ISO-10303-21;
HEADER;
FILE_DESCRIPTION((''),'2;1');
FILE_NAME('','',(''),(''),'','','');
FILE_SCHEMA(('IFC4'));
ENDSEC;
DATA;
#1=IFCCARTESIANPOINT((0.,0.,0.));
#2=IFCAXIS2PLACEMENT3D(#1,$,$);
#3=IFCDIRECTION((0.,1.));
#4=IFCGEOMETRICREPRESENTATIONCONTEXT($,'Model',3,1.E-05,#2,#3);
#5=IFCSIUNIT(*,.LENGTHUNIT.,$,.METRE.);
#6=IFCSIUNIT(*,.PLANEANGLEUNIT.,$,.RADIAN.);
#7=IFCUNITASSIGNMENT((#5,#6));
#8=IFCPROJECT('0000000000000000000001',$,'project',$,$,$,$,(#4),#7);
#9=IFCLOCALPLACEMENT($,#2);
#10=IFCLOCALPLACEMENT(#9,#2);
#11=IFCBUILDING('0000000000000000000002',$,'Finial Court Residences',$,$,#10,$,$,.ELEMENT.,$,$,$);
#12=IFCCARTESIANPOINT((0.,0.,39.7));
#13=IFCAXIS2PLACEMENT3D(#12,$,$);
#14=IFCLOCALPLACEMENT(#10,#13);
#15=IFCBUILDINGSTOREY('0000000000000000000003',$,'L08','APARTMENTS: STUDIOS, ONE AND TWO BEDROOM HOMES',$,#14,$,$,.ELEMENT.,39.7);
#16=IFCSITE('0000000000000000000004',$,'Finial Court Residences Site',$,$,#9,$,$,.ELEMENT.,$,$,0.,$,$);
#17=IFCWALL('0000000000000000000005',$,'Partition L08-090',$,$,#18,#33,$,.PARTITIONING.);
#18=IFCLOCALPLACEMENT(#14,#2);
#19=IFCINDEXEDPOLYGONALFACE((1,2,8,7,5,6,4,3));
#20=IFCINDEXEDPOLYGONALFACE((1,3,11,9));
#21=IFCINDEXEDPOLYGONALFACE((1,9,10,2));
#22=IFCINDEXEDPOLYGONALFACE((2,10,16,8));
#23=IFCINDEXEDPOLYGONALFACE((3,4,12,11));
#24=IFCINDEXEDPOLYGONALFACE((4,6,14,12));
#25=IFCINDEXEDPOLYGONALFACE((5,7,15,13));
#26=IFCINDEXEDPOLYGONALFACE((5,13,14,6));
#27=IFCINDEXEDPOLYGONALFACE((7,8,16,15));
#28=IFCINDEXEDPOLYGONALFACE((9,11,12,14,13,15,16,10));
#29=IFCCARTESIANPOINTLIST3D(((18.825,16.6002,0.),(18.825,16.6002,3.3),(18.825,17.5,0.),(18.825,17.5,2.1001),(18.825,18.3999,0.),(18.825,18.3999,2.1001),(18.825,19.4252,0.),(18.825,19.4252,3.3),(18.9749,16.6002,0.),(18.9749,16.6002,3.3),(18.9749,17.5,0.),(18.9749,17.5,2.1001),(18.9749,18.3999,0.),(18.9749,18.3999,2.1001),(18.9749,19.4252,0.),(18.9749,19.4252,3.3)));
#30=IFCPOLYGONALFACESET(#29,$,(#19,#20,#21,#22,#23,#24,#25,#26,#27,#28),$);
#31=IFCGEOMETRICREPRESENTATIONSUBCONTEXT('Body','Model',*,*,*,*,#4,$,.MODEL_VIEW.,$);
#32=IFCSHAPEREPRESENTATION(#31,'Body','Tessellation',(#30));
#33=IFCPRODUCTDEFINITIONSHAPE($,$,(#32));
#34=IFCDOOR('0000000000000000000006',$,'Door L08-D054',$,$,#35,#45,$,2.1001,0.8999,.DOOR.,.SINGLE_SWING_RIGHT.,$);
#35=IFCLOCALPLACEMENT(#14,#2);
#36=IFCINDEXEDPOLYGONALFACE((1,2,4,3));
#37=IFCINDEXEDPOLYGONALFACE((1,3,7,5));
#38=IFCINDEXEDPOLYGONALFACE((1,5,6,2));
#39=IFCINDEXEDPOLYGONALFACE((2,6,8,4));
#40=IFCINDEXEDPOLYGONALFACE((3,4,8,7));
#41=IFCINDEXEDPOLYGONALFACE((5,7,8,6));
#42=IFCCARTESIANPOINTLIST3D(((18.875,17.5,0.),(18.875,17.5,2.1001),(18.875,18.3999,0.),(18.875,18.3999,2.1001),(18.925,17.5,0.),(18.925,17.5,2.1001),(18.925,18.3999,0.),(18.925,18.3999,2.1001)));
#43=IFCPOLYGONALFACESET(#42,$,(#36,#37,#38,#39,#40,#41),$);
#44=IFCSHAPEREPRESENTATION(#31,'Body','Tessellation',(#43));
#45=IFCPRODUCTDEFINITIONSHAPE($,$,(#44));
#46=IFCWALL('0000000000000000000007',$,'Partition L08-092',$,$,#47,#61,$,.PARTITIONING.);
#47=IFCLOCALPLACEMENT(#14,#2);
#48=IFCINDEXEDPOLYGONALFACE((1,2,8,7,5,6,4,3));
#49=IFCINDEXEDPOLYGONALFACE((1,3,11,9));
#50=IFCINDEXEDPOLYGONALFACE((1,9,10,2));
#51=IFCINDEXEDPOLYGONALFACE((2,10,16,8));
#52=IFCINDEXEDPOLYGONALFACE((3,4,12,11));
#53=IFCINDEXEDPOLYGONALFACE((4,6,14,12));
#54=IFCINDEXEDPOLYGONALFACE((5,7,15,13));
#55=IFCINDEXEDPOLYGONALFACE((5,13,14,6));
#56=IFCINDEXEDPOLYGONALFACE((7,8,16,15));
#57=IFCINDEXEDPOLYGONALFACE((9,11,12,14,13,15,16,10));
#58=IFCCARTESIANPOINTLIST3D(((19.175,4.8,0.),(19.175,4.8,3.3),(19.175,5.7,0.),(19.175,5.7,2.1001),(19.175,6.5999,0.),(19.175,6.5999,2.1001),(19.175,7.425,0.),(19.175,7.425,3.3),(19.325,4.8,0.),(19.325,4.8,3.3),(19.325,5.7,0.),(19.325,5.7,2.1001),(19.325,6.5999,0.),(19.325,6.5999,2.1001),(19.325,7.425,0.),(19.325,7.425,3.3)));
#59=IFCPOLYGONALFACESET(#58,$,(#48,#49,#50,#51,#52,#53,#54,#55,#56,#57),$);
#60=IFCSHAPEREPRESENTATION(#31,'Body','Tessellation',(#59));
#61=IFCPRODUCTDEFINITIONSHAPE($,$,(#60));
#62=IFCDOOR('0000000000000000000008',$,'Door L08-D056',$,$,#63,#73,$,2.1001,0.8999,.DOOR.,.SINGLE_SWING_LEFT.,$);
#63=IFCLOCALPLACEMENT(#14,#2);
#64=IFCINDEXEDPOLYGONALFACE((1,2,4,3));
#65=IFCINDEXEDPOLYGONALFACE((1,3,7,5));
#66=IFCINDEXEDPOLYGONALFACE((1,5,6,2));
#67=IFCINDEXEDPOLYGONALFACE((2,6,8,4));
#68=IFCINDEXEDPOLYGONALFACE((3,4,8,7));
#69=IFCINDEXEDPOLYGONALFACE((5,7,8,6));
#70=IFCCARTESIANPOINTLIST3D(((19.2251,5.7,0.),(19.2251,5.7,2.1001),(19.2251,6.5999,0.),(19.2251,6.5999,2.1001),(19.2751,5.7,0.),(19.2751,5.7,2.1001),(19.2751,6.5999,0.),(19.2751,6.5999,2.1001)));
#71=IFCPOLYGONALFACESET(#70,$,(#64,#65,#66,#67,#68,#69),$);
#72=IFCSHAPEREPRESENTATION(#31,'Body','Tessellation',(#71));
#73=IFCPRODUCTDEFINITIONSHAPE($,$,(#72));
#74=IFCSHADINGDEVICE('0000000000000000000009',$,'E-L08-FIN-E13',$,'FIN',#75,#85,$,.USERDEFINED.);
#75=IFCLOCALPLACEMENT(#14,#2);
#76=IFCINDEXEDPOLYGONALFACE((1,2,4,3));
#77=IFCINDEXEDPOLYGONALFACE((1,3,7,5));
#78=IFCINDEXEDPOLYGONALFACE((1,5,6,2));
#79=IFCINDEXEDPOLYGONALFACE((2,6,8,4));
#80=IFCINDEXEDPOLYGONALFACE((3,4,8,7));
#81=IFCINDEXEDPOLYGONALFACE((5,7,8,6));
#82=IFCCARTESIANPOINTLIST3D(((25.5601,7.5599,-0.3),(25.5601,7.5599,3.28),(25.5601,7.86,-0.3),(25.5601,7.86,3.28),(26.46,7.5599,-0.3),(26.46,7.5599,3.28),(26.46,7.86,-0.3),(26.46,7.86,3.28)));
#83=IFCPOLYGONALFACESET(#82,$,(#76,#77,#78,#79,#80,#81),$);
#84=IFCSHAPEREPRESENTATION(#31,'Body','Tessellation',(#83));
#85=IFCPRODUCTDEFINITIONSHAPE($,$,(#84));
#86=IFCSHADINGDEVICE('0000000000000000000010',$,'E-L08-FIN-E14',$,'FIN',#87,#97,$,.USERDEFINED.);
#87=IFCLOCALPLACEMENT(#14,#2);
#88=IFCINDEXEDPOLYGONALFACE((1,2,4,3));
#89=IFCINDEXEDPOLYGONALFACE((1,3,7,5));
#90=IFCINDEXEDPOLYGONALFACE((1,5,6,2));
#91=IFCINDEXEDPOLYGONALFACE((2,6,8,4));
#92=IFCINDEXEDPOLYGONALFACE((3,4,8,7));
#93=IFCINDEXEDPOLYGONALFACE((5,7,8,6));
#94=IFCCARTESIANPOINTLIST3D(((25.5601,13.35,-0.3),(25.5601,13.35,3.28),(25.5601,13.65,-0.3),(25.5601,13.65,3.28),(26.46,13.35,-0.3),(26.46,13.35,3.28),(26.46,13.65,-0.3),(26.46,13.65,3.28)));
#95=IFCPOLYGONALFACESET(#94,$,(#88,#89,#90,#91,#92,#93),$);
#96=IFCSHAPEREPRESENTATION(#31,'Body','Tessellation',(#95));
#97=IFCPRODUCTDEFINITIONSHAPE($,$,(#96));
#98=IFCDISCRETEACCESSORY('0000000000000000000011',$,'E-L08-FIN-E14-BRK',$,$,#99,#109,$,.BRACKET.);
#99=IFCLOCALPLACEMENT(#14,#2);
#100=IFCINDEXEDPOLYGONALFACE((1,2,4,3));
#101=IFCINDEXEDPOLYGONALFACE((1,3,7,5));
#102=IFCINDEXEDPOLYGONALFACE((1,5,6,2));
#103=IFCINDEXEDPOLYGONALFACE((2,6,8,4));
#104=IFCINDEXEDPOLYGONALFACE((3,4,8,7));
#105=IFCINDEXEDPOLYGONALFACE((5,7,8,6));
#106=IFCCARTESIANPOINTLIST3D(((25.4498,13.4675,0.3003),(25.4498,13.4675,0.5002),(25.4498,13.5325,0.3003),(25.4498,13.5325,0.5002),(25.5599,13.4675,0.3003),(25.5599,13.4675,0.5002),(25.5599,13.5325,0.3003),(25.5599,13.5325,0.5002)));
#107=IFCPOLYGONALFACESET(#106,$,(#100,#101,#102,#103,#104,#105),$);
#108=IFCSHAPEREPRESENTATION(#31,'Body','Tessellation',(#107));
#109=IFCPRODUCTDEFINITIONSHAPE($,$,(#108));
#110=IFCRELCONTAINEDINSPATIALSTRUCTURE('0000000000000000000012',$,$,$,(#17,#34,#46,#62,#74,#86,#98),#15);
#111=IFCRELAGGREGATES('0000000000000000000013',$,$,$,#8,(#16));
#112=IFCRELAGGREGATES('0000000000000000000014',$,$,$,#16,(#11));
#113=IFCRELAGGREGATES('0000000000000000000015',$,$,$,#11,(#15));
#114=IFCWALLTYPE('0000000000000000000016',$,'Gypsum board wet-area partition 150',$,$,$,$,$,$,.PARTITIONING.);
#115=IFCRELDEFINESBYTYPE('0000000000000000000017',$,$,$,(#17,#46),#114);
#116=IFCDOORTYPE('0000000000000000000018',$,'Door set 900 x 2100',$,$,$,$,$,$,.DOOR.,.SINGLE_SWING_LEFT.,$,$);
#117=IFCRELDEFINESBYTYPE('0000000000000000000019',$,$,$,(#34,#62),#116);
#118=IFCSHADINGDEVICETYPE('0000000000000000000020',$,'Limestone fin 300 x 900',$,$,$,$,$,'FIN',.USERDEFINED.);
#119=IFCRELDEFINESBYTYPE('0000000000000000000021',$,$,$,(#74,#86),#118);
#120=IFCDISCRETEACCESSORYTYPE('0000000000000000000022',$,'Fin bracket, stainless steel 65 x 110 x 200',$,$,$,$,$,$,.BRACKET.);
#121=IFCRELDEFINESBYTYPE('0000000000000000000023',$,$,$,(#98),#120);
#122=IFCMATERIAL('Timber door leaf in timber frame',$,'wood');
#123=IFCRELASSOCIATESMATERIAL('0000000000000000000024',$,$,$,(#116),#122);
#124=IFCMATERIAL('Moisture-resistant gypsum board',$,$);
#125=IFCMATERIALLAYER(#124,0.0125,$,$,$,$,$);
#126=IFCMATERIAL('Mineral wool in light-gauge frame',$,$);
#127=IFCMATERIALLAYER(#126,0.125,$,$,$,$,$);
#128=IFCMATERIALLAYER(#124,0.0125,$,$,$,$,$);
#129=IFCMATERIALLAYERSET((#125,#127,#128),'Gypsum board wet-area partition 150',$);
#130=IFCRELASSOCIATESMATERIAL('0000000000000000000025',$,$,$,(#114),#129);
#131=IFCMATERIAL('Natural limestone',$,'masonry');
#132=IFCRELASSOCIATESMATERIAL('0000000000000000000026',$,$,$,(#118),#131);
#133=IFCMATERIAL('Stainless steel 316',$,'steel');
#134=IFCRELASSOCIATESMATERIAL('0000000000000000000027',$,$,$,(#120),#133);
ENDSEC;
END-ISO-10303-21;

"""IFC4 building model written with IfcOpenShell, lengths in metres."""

from ifc_helpers import new_model, si_unit, direction, frame, frame_2d, origin, origin_2d, place, context, subcontext, project, spatial, rectangle, extrude, material, layer, layer_set, type_object, element, fill, save


model = new_model("IFC4")

# Units and contexts
model_context = context("Model", 3, precision=1e-05, world=origin(), true_north=direction((0.0, 1.0)))
body_context = subcontext(model_context, "Body", "Model", "MODEL_VIEW")
ifc_project = project(units=[si_unit("LENGTHUNIT", "METRE"), si_unit("PLANEANGLEUNIT", "RADIAN")], contexts=[model_context])

# Site, building, storey
site_placement = place(None, origin())
site = spatial("IfcSite", under=ifc_project, at=site_placement, Name="Finial Court Residences Site", CompositionType="ELEMENT", RefElevation=0.0)
building_placement = place(site_placement, origin())
building = spatial("IfcBuilding", under=site, at=building_placement, Name="Finial Court Residences", CompositionType="ELEMENT")
storey_placement = place(building_placement, frame((0.0, 0.0, 39.7)))
storey = spatial("IfcBuildingStorey", under=building, at=storey_placement, Name="L08", Description="APARTMENTS: STUDIOS, ONE AND TWO BEDROOM HOMES", CompositionType="ELEMENT", Elevation=39.7)

# Shared definitions
ifc_material_1 = material(Name="Mineral wool in light-gauge frame")
ifc_material_2 = material(Name="Timber door leaf in timber frame", Category="wood")
door_type = type_object("IfcDoorType", Name="Door set 900 x 2100", OperationType="SINGLE_SWING_LEFT", PredefinedType="DOOR", material=ifc_material_2)

# Shared definitions
ifc_material_3 = material(Name="Moisture-resistant gypsum board")
ifc_layer_1 = layer(ifc_material_3, 0.0125)
ifc_layer_2 = layer(ifc_material_1, 0.125)
ifc_layer_3 = layer(ifc_material_3, 0.0125)
ifc_layer_set_1 = layer_set([ifc_layer_1, ifc_layer_2, ifc_layer_3], Name="Gypsum board wet-area partition 150")
wall_type_1 = type_object("IfcWallType", Name="Gypsum board wet-area partition 150", PredefinedType="PARTITIONING", material=ifc_layer_set_1)

# Walls, openings, doors
wall_1_placement = place(storey_placement, frame((18.8999, 16.6001, 0.0), z_axis=(0.0, 0.0, 1.0), x_axis=(0.0, 1.0, 0.0)))
wall_1 = element("IfcWall", 1, at=wall_1_placement, inside=storey, type_object=wall_type_1, Name="Partition L08-090", PredefinedType="PARTITIONING", context=body_context, shape_type="SweptSolid", body=[
    extrude(rectangle(XDim=2.825, YDim=0.1499, at=frame_2d((1.4126, 0.0))), origin(), (0.0, 0.0, 1.0), 3.3),
])
opening_1_placement = place(wall_1_placement, frame((0.8999, 0.0, 0.0)))
opening_1 = element("IfcOpeningElement", 2, at=opening_1_placement, cuts=wall_1, PredefinedType="OPENING", context=body_context, shape_type="SweptSolid", body=[
    extrude(rectangle(XDim=0.8999, YDim=2.1001, at=frame_2d((0.45, 1.05))), frame((0.0, 0.085, 0.0), z_axis=(0.0, -1.0, 0.0), x_axis=(1.0, 0.0, 0.0)), (0.0, 0.0, 1.0), 0.1699),
])
door_1_placement = place(opening_1_placement, origin())
door_1 = element("IfcDoor", 3, at=door_1_placement, inside=storey, type_object=door_type, Name="Door L08-D054", OperationType="SINGLE_SWING_RIGHT", OverallHeight=2.1001, OverallWidth=0.8999, PredefinedType="DOOR", context=body_context, shape_type="SweptSolid", body=[
    extrude(rectangle(XDim=0.8999, YDim=2.1001, at=frame_2d((0.45, 1.05))), frame((0.0, 0.0249, 0.0), z_axis=(0.0, -1.0, 0.0), x_axis=(1.0, 0.0, 0.0)), (0.0, 0.0, 1.0), 0.05),
])
fill(opening_1, door_1)
wall_2_placement = place(storey_placement, frame((19.25, 4.8, 0.0), z_axis=(0.0, 0.0, 1.0), x_axis=(0.0, 1.0, 0.0)))
wall_2 = element("IfcWall", 4, at=wall_2_placement, inside=storey, type_object=wall_type_1, Name="Partition L08-092", PredefinedType="PARTITIONING", context=body_context, shape_type="SweptSolid", body=[
    extrude(rectangle(XDim=2.625, YDim=0.1499, at=frame_2d((1.3125, 0.0))), origin(), (0.0, 0.0, 1.0), 3.3),
])
opening_2_placement = place(wall_2_placement, frame((0.8999, 0.0, 0.0)))
opening_2 = element("IfcOpeningElement", 5, at=opening_2_placement, cuts=wall_2, PredefinedType="OPENING", context=body_context, shape_type="SweptSolid", body=[
    extrude(rectangle(XDim=0.8999, YDim=2.1001, at=frame_2d((0.45, 1.05))), frame((0.0, 0.085, 0.0), z_axis=(0.0, -1.0, 0.0), x_axis=(1.0, 0.0, 0.0)), (0.0, 0.0, 1.0), 0.1699),
])
door_2_placement = place(opening_2_placement, origin())
door_2 = element("IfcDoor", 6, at=door_2_placement, inside=storey, type_object=door_type, Name="Door L08-D056", OperationType="SINGLE_SWING_LEFT", OverallHeight=2.1001, OverallWidth=0.8999, PredefinedType="DOOR", context=body_context, shape_type="SweptSolid", body=[
    extrude(rectangle(XDim=0.8999, YDim=2.1001, at=frame_2d((0.45, 1.05))), frame((0.0, 0.0249, 0.0), z_axis=(0.0, -1.0, 0.0), x_axis=(1.0, 0.0, 0.0)), (0.0, 0.0, 1.0), 0.05),
])
fill(opening_2, door_2)

# Shading devices
ifc_material_4 = material(Name="Natural limestone", Category="masonry")
shading_device_type = type_object("IfcShadingDeviceType", Name="Limestone fin 300 x 900", ElementType="FIN", PredefinedType="USERDEFINED", material=ifc_material_4)
for number, where, z_axis, x_axis, name in (
    (7, (26.01, 7.71, -0.3), (0.0, 0.0, 1.0), (1.0, 0.0, 0.0), "E-L08-FIN-E13"),
    (8, (26.01, 13.5, -0.3), (0.0, 0.0, 1.0), (1.0, 0.0, 0.0), "E-L08-FIN-E14"),
):
    element("IfcShadingDevice", number, at=place(storey_placement, frame(where, z_axis=z_axis, x_axis=x_axis)), inside=storey, type_object=shading_device_type, Name=name, ObjectType="FIN", PredefinedType="USERDEFINED", context=body_context, shape_type="SweptSolid", body=[
        extrude(rectangle(XDim=0.8999, YDim=0.3, at=origin_2d()), origin(), (0.0, 0.0, 1.0), 3.5801),
    ])

# Discrete accessory
ifc_material_5 = material(Name="Stainless steel 316", Category="steel")
discrete_accessory_type = type_object("IfcDiscreteAccessoryType", Name="Fin bracket, stainless steel 65 x 110 x 200", PredefinedType="BRACKET", material=ifc_material_5)
discrete_accessory_placement = place(storey_placement, frame((25.5049, 13.5, 0.3003), z_axis=(0.0, 0.0, 1.0), x_axis=(1.0, 0.0, 0.0)))
element("IfcDiscreteAccessory", 9, at=discrete_accessory_placement, inside=storey, type_object=discrete_accessory_type, Name="E-L08-FIN-E14-BRK", PredefinedType="BRACKET", context=body_context, shape_type="SweptSolid", body=[
    extrude(rectangle(XDim=0.1101, YDim=0.0649, at=origin_2d()), origin(), (0.0, 0.0, 1.0), 0.2),
])

save(model, "model.ifc")
